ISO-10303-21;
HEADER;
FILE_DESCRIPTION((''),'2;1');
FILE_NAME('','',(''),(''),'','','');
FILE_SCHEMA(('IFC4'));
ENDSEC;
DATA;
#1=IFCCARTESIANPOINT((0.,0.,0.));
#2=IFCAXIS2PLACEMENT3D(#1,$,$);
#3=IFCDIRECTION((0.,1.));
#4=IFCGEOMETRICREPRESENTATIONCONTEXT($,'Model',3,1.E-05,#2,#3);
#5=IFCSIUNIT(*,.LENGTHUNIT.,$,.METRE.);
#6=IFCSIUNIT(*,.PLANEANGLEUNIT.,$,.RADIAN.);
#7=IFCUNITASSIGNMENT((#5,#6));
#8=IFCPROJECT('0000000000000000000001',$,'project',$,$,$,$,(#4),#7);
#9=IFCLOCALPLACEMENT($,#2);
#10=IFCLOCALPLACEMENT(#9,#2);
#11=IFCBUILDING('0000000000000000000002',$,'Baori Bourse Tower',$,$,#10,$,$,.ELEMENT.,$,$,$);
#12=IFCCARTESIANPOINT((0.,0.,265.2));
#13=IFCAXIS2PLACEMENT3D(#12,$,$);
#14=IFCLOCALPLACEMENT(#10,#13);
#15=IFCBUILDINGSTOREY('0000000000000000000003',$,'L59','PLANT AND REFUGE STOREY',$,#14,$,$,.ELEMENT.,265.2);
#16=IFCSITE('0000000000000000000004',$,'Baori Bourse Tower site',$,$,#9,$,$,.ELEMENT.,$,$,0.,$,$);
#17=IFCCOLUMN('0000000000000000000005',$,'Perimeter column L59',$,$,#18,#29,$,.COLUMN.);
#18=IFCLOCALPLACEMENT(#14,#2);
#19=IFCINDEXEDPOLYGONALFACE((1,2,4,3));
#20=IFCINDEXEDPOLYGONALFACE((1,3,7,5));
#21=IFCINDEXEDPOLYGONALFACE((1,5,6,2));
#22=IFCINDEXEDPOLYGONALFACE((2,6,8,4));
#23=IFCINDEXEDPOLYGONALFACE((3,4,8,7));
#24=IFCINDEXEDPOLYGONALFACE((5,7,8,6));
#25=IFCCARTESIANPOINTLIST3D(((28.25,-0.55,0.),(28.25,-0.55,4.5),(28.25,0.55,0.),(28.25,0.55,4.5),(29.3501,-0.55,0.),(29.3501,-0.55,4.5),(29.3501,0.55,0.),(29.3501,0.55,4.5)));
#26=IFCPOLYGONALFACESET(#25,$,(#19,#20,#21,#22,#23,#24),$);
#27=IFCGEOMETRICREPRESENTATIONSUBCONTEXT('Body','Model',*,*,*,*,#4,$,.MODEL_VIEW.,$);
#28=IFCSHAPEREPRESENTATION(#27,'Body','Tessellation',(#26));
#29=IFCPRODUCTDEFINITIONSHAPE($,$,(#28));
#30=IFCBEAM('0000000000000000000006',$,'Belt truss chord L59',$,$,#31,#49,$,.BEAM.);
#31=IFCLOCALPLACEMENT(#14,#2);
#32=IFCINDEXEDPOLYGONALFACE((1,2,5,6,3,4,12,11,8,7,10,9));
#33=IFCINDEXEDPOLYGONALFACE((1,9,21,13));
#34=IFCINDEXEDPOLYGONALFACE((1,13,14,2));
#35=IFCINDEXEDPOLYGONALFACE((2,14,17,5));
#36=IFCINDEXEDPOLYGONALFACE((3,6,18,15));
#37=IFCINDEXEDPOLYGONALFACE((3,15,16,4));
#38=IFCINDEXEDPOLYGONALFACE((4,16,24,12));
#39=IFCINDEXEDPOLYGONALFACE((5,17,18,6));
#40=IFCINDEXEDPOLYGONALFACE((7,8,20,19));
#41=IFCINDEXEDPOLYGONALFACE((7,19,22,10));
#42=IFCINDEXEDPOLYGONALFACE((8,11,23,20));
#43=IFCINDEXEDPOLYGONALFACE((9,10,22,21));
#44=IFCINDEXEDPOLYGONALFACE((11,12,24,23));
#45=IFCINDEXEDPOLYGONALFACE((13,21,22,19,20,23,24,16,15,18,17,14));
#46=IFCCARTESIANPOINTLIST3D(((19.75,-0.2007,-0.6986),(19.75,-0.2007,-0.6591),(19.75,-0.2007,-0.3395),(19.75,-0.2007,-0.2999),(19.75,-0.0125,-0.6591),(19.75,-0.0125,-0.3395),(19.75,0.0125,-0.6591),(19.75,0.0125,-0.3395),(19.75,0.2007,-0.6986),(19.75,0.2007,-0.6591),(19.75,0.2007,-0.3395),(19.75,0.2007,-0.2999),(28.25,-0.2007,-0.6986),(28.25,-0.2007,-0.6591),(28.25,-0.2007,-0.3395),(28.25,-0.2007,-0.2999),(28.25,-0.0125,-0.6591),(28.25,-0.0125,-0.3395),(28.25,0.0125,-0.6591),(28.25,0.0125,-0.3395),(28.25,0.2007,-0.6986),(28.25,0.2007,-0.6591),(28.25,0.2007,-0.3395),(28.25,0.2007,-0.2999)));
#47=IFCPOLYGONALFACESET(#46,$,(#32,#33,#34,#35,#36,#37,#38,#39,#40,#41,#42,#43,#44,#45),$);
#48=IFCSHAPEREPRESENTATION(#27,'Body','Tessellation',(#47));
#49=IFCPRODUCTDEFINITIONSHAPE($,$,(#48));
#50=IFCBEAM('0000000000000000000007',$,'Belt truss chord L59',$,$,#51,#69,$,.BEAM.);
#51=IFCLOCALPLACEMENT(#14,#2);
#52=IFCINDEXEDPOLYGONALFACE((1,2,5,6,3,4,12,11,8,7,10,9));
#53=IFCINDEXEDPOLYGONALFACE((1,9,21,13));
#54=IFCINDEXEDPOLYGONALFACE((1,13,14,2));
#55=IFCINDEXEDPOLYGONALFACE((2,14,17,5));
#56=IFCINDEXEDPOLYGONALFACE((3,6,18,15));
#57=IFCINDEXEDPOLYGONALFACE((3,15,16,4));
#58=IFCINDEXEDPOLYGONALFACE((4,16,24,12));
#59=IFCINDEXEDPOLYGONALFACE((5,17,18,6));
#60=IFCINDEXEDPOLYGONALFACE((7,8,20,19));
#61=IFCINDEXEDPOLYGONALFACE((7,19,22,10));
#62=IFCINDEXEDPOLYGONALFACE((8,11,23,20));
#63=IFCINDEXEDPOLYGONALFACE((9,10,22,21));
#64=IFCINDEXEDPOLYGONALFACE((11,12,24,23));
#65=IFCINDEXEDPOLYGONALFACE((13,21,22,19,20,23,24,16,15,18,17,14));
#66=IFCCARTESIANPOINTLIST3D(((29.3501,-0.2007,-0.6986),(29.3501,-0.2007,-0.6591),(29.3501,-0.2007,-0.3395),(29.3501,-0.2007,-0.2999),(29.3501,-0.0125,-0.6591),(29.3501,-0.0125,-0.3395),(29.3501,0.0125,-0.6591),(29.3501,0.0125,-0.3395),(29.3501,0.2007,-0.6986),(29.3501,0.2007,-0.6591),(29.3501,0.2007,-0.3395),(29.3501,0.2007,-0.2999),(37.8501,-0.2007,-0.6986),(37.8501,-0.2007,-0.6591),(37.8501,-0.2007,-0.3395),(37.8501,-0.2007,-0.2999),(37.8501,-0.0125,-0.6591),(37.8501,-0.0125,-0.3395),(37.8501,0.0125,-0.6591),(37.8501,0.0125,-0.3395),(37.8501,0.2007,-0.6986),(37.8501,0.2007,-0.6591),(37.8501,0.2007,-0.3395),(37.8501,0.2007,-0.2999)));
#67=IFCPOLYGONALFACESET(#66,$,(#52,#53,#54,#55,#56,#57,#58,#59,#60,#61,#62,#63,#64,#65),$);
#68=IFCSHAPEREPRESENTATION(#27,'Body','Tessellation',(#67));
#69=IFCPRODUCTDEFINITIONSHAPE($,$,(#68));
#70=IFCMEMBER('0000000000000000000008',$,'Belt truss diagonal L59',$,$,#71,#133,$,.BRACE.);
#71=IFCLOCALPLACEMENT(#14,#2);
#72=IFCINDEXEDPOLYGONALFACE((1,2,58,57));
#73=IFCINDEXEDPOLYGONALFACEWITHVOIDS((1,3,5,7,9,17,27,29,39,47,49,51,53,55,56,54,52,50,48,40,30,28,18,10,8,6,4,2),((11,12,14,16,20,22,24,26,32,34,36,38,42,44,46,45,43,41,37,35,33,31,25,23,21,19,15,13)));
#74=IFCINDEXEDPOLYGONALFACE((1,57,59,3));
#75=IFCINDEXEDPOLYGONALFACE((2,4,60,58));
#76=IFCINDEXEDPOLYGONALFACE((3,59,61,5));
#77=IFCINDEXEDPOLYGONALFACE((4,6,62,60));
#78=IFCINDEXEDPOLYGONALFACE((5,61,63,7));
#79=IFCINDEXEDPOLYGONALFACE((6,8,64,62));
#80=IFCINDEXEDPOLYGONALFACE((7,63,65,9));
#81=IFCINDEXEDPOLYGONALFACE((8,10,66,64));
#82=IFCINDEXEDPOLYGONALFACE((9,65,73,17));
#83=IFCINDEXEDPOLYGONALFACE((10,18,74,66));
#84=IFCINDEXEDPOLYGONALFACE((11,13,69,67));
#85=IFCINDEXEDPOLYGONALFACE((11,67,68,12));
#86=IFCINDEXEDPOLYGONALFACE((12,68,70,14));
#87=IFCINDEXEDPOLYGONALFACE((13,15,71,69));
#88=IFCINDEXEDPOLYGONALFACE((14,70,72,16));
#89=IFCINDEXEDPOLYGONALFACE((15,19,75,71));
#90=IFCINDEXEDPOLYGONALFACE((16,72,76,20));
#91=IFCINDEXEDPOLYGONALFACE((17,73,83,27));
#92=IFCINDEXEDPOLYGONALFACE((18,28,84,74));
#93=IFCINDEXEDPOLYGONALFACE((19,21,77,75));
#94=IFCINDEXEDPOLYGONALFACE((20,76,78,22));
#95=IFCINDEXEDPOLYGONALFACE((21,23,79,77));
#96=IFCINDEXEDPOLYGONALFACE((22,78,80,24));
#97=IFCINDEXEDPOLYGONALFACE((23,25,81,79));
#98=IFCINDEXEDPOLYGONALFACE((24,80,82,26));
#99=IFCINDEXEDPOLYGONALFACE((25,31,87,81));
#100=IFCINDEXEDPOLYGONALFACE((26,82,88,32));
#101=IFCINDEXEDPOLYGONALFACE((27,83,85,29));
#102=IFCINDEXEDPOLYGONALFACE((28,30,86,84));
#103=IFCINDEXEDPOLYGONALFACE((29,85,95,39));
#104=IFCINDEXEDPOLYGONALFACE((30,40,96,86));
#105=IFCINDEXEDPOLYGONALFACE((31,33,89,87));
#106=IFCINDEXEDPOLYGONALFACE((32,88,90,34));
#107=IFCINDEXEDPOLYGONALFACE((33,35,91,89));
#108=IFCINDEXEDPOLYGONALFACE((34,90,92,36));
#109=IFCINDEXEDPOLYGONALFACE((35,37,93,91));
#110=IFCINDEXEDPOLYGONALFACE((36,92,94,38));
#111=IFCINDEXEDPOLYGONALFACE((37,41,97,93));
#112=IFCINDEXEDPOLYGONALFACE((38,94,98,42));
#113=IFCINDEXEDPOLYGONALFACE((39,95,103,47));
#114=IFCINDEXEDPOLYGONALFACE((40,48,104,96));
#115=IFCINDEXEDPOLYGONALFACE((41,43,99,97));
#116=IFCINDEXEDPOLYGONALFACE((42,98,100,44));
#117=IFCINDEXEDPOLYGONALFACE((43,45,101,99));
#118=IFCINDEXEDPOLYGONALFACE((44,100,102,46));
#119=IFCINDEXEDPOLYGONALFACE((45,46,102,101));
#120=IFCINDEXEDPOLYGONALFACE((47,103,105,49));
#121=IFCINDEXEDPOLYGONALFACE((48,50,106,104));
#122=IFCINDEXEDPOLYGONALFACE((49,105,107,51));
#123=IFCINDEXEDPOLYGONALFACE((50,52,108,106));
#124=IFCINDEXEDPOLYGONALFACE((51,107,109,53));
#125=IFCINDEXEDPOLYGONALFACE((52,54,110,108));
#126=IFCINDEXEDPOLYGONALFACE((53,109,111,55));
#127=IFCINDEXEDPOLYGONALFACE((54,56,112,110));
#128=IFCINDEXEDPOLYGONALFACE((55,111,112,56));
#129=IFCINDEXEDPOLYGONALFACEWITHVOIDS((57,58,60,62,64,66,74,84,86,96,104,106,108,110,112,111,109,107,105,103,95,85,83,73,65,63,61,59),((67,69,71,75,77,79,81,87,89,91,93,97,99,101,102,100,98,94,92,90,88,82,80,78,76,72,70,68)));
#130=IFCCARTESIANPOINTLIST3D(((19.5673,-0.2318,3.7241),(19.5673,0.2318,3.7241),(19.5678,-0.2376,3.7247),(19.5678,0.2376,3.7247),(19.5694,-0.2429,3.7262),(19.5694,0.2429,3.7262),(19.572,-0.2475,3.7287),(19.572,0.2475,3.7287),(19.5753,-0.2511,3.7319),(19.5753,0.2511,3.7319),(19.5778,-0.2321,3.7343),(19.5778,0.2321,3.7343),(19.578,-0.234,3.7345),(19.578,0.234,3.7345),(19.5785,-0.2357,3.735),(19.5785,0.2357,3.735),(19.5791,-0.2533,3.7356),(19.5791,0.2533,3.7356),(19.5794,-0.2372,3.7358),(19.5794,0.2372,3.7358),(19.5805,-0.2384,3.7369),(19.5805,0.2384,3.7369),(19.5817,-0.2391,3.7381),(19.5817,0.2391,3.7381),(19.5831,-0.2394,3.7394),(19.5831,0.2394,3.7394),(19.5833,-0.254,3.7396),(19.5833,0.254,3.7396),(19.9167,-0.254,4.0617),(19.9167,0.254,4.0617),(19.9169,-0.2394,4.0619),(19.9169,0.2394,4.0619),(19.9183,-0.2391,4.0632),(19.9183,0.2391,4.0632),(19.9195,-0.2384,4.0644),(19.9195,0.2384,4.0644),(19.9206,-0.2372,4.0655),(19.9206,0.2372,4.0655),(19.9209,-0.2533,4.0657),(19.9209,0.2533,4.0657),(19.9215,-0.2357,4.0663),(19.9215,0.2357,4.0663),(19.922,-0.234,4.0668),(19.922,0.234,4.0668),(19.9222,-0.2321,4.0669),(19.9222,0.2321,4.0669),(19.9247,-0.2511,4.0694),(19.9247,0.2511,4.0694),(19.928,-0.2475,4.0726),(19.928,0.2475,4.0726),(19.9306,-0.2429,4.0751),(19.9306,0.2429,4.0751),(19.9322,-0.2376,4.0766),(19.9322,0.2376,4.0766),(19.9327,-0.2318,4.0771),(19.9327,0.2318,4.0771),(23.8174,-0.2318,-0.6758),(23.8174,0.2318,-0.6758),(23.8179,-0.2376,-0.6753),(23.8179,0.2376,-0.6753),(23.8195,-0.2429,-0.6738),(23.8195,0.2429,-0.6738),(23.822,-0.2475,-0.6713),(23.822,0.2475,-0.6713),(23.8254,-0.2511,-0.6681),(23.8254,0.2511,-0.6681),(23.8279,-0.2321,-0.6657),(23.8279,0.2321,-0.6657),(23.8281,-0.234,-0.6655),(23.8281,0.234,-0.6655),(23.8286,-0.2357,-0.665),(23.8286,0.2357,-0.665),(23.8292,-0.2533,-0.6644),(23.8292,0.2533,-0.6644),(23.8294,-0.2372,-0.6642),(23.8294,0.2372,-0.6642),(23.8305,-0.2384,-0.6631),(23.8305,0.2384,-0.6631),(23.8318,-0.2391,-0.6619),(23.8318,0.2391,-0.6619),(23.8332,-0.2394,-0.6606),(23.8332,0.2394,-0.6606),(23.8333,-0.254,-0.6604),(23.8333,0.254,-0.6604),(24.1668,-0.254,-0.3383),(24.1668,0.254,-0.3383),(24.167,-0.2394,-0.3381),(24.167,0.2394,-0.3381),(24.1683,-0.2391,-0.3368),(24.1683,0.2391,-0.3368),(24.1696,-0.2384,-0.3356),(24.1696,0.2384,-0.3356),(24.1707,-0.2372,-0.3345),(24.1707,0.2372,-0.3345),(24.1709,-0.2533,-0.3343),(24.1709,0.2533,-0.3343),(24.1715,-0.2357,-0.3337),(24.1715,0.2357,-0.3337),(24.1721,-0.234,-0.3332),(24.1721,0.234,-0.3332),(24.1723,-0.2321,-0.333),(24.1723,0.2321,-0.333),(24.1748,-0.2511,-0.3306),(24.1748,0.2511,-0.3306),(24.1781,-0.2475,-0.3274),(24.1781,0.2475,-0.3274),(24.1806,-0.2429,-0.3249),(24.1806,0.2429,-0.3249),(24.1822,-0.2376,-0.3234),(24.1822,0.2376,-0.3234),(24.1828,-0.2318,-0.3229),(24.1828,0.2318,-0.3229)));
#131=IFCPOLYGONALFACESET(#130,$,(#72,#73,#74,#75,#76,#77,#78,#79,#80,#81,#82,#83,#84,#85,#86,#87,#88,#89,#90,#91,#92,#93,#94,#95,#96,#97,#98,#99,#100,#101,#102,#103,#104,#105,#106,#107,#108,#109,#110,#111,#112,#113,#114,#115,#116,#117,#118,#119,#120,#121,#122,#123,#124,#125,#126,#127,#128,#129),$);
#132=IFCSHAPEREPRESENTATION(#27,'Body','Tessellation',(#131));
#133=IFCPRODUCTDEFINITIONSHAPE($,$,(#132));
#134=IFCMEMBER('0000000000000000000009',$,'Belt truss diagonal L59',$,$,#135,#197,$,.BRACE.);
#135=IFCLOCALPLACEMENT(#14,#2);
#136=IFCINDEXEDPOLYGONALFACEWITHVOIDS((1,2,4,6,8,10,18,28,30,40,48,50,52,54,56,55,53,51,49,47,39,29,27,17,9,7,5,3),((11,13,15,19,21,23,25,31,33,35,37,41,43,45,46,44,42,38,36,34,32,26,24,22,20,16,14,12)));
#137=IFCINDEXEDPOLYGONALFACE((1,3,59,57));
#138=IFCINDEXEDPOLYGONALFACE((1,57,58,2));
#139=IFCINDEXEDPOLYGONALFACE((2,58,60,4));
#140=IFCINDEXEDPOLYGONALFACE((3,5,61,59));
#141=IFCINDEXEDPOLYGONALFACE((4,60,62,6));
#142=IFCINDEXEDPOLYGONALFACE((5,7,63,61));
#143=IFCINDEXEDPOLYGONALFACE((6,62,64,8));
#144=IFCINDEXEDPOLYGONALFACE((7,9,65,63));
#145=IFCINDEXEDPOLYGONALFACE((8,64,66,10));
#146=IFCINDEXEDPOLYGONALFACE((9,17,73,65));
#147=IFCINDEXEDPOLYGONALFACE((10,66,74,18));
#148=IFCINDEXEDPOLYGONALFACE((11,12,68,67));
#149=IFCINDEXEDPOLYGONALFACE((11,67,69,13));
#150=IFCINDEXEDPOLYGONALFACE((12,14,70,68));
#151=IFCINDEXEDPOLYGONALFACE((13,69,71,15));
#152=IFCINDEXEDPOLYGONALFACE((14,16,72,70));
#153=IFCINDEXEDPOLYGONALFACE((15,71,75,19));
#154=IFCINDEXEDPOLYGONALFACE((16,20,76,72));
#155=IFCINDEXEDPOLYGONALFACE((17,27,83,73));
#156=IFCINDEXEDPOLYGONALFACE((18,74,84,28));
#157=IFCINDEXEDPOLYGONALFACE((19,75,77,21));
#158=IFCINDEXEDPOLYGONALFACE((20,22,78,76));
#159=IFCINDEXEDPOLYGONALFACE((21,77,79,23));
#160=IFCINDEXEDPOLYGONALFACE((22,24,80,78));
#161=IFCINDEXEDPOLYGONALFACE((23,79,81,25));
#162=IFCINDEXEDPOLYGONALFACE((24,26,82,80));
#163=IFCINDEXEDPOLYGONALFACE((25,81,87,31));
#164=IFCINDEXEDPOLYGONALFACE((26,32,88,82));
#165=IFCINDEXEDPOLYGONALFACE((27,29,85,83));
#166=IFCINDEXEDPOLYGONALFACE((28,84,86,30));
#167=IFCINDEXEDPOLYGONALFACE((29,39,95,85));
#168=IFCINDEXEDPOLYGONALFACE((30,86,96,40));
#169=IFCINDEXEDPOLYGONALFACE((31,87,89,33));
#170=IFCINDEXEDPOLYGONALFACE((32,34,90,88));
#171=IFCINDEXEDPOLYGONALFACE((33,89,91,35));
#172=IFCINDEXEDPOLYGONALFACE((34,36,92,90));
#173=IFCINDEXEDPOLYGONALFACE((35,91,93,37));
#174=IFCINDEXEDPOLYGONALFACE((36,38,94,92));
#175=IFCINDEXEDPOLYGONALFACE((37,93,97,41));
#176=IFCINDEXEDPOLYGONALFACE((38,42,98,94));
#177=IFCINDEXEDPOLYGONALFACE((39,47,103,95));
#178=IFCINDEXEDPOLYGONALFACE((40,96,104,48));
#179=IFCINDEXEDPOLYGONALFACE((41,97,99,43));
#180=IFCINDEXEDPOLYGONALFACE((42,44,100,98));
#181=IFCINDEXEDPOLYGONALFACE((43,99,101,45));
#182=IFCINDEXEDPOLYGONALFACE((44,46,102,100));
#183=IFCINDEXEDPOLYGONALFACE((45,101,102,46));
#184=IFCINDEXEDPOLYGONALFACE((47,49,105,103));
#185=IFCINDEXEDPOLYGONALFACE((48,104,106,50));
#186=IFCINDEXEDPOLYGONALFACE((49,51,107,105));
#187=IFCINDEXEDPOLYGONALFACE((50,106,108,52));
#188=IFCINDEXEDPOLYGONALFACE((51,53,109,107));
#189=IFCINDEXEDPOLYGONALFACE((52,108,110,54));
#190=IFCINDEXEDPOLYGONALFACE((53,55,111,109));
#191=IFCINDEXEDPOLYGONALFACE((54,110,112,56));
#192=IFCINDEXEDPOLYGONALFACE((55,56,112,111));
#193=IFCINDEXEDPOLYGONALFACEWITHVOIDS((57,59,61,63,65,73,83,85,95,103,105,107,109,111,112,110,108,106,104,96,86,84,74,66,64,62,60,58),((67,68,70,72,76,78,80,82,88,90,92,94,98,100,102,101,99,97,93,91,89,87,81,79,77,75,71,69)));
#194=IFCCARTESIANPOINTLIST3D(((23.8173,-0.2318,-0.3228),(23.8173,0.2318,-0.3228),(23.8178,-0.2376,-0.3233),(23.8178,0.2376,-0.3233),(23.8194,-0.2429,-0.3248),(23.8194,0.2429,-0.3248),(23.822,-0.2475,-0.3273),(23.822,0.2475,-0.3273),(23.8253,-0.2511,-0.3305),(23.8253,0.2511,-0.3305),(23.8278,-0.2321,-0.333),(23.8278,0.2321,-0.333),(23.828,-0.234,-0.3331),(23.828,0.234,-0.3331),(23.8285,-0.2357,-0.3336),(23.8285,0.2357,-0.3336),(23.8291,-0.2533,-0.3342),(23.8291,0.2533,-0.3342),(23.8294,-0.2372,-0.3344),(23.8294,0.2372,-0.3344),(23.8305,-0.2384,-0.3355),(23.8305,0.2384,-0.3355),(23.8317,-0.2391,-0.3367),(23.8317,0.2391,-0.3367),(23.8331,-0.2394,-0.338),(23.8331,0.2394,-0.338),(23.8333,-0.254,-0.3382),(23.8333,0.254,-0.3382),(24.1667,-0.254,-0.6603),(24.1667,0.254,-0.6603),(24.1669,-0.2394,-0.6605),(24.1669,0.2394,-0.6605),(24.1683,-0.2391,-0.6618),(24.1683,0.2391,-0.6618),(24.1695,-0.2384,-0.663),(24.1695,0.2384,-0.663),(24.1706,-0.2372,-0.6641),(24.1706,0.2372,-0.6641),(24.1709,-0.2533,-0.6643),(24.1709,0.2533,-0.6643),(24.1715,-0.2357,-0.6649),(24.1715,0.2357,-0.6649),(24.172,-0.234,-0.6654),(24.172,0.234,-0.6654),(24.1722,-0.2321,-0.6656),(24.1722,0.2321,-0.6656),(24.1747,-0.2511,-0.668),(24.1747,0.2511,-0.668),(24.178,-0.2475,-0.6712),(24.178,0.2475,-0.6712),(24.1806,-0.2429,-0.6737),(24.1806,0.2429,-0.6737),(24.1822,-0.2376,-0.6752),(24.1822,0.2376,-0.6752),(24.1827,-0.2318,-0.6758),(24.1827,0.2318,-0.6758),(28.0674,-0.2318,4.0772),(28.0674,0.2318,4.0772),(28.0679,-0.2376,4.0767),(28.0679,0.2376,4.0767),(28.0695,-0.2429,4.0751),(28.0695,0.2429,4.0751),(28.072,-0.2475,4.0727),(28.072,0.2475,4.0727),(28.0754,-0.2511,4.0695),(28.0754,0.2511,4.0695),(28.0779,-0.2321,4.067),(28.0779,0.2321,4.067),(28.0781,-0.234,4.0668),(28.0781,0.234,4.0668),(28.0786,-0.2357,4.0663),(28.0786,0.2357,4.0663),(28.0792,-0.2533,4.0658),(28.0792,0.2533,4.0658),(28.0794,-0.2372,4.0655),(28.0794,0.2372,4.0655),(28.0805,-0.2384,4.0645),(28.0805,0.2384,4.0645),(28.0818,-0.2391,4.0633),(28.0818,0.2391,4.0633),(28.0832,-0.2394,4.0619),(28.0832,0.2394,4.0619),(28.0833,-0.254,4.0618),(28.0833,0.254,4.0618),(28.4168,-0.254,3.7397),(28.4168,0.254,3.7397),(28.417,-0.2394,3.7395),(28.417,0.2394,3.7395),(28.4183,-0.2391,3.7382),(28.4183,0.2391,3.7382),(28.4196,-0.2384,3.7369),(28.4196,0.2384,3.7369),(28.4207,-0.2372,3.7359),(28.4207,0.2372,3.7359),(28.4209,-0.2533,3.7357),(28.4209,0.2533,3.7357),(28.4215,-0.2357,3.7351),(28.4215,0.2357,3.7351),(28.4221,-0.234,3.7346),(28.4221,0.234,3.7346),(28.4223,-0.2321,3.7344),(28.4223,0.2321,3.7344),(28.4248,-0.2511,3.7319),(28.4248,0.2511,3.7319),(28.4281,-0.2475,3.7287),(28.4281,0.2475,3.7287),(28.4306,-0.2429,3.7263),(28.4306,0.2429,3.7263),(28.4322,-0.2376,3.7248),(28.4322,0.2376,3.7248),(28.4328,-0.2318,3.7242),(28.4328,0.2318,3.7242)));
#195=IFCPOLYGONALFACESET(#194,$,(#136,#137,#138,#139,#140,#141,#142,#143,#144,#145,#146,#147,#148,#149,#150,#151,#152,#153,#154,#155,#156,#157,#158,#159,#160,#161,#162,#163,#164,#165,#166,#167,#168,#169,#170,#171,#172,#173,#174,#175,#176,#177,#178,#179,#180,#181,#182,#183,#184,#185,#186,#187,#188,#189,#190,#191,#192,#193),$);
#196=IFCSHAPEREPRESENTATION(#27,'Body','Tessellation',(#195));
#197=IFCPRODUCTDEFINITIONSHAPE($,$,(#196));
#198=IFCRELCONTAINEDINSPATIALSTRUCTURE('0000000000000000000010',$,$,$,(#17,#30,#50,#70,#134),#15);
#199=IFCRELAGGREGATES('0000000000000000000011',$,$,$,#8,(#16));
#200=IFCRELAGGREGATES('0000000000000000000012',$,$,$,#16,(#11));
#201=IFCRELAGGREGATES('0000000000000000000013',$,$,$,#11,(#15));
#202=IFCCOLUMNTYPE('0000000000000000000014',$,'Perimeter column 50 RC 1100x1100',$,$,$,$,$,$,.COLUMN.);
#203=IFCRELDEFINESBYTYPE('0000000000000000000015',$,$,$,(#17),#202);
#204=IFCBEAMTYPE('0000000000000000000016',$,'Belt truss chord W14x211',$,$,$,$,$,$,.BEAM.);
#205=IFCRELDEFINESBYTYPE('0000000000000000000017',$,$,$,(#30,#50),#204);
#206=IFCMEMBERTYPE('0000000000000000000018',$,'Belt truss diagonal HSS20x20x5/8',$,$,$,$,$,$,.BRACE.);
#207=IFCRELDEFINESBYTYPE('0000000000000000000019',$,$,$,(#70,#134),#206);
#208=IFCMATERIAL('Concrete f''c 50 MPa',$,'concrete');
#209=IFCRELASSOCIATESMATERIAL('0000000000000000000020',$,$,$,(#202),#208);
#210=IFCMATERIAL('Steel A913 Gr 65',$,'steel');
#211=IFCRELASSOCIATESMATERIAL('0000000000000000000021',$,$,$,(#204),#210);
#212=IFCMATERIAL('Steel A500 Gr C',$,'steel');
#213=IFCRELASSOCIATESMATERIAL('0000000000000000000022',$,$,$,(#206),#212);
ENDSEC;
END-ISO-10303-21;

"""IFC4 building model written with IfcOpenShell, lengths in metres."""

from ifc_helpers import new_model, si_unit, direction, frame, origin, origin_2d, place, context, subcontext, project, spatial, rectangle, hollow_rectangle, i_section, extrude, material, material_profile, profile_set, type_object, element, save


model = new_model("IFC4")

# Units and contexts
model_context = context("Model", 3, precision=1e-05, world=origin(), true_north=direction((0.0, 1.0)))
body_context = subcontext(model_context, "Body", "Model", "MODEL_VIEW")
ifc_project = project(units=[si_unit("LENGTHUNIT", "METRE"), si_unit("PLANEANGLEUNIT", "RADIAN")], contexts=[model_context])

# Site, building, storey
site_placement = place(None, origin())
site = spatial("IfcSite", under=ifc_project, at=site_placement, Name="Baori Bourse Tower site", CompositionType="ELEMENT", RefElevation=0.0)
building_placement = place(site_placement, origin())
building = spatial("IfcBuilding", under=site, at=building_placement, Name="Baori Bourse Tower", CompositionType="ELEMENT")
storey_placement = place(building_placement, frame((0.0, 0.0, 265.2)))
storey = spatial("IfcBuildingStorey", under=building, at=storey_placement, Name="L59", Description="PLANT AND REFUGE STOREY", CompositionType="ELEMENT", Elevation=265.2)

# Column
ifc_material_1 = material(Name="Concrete f'c 50 MPa", Category="concrete")
ifc_material_profile_1 = material_profile(ifc_material_1, rectangle(XDim=1.1001, YDim=1.1001, at=origin_2d()), Name="RC 1100x1100")
ifc_profile_set_1 = profile_set([ifc_material_profile_1], Name="Concrete f'c 50 MPa")
column_type = type_object("IfcColumnType", Name="Perimeter column 50 RC 1100x1100", PredefinedType="COLUMN", material=ifc_profile_set_1)
column_placement = place(storey_placement, frame((28.8, 0.0, 0.0), z_axis=(0.0, 0.0, 1.0), x_axis=(1.0, 0.0, 0.0)))
element("IfcColumn", 1, at=column_placement, inside=storey, type_object=column_type, Name="Perimeter column L59", PredefinedType="COLUMN", context=body_context, shape_type="SweptSolid", body=[
    extrude(rectangle(XDim=1.1001, YDim=1.1001, at=origin_2d()), origin(), (0.0, 0.0, 1.0), 4.5),
])

# Beams
ifc_material_2 = material(Name="Steel A913 Gr 65", Category="steel")
ifc_material_profile_2 = material_profile(ifc_material_2, i_section(OverallWidth=0.4014, OverallDepth=0.3987, WebThickness=0.0249, FlangeThickness=0.0396, at=origin_2d()), Name="W14x211")
ifc_profile_set_2 = profile_set([ifc_material_profile_2], Name="Steel A913 Gr 65")
beam_type = type_object("IfcBeamType", Name="Belt truss chord W14x211", PredefinedType="BEAM", material=ifc_profile_set_2)
for number, where, z_axis, x_axis, name in (
    (2, (19.75, 0.0, -0.4993), (1.0, 0.0, 0.0), (0.0, 1.0, 0.0), "Belt truss chord L59"),
    (3, (29.3501, 0.0, -0.4993), (1.0, 0.0, 0.0), (0.0, 1.0, 0.0), "Belt truss chord L59"),
):
    element("IfcBeam", number, at=place(storey_placement, frame(where, z_axis=z_axis, x_axis=x_axis)), inside=storey, type_object=beam_type, Name=name, PredefinedType="BEAM", context=body_context, shape_type="SweptSolid", body=[
        extrude(i_section(OverallWidth=0.4014, OverallDepth=0.3987, WebThickness=0.0249, FlangeThickness=0.0396, at=origin_2d()), origin(), (0.0, 0.0, 1.0), 8.5),
    ])

# Members
ifc_material_3 = material(Name="Steel A500 Gr C", Category="steel")
ifc_material_profile_3 = material_profile(ifc_material_3, hollow_rectangle(XDim=0.5081, YDim=0.5081, WallThickness=0.0146, InnerFilletRadius=0.0073, OuterFilletRadius=0.0222, at=origin_2d()), Name="HSS20x20x5/8")
ifc_profile_set_3 = profile_set([ifc_material_profile_3], Name="Steel A500 Gr C")
member_type_1 = type_object("IfcMemberType", Name="Belt truss diagonal HSS20x20x5/8", PredefinedType="BRACE", material=ifc_profile_set_3)
for number, where, z_axis, x_axis, name in (
    (4, (19.75, 0.0, 3.9006), (0.694748, 0.0, -0.719253), (0.0, 1.0, 0.0), "Belt truss diagonal L59"),
    (5, (24.0, 0.0, -0.4993), (0.694748, 0.0, 0.719253), (0.0, 1.0, 0.0), "Belt truss diagonal L59"),
):
    element("IfcMember", number, at=place(storey_placement, frame(where, z_axis=z_axis, x_axis=x_axis)), inside=storey, type_object=member_type_1, Name=name, PredefinedType="BRACE", context=body_context, shape_type="SweptSolid", body=[
        extrude(hollow_rectangle(XDim=0.5081, YDim=0.5081, WallThickness=0.0146, InnerFilletRadius=0.0073, OuterFilletRadius=0.0222, at=origin_2d()), origin(), (0.0, 0.0, 1.0), 6.1174),
    ])

save(model, "model.ifc")
